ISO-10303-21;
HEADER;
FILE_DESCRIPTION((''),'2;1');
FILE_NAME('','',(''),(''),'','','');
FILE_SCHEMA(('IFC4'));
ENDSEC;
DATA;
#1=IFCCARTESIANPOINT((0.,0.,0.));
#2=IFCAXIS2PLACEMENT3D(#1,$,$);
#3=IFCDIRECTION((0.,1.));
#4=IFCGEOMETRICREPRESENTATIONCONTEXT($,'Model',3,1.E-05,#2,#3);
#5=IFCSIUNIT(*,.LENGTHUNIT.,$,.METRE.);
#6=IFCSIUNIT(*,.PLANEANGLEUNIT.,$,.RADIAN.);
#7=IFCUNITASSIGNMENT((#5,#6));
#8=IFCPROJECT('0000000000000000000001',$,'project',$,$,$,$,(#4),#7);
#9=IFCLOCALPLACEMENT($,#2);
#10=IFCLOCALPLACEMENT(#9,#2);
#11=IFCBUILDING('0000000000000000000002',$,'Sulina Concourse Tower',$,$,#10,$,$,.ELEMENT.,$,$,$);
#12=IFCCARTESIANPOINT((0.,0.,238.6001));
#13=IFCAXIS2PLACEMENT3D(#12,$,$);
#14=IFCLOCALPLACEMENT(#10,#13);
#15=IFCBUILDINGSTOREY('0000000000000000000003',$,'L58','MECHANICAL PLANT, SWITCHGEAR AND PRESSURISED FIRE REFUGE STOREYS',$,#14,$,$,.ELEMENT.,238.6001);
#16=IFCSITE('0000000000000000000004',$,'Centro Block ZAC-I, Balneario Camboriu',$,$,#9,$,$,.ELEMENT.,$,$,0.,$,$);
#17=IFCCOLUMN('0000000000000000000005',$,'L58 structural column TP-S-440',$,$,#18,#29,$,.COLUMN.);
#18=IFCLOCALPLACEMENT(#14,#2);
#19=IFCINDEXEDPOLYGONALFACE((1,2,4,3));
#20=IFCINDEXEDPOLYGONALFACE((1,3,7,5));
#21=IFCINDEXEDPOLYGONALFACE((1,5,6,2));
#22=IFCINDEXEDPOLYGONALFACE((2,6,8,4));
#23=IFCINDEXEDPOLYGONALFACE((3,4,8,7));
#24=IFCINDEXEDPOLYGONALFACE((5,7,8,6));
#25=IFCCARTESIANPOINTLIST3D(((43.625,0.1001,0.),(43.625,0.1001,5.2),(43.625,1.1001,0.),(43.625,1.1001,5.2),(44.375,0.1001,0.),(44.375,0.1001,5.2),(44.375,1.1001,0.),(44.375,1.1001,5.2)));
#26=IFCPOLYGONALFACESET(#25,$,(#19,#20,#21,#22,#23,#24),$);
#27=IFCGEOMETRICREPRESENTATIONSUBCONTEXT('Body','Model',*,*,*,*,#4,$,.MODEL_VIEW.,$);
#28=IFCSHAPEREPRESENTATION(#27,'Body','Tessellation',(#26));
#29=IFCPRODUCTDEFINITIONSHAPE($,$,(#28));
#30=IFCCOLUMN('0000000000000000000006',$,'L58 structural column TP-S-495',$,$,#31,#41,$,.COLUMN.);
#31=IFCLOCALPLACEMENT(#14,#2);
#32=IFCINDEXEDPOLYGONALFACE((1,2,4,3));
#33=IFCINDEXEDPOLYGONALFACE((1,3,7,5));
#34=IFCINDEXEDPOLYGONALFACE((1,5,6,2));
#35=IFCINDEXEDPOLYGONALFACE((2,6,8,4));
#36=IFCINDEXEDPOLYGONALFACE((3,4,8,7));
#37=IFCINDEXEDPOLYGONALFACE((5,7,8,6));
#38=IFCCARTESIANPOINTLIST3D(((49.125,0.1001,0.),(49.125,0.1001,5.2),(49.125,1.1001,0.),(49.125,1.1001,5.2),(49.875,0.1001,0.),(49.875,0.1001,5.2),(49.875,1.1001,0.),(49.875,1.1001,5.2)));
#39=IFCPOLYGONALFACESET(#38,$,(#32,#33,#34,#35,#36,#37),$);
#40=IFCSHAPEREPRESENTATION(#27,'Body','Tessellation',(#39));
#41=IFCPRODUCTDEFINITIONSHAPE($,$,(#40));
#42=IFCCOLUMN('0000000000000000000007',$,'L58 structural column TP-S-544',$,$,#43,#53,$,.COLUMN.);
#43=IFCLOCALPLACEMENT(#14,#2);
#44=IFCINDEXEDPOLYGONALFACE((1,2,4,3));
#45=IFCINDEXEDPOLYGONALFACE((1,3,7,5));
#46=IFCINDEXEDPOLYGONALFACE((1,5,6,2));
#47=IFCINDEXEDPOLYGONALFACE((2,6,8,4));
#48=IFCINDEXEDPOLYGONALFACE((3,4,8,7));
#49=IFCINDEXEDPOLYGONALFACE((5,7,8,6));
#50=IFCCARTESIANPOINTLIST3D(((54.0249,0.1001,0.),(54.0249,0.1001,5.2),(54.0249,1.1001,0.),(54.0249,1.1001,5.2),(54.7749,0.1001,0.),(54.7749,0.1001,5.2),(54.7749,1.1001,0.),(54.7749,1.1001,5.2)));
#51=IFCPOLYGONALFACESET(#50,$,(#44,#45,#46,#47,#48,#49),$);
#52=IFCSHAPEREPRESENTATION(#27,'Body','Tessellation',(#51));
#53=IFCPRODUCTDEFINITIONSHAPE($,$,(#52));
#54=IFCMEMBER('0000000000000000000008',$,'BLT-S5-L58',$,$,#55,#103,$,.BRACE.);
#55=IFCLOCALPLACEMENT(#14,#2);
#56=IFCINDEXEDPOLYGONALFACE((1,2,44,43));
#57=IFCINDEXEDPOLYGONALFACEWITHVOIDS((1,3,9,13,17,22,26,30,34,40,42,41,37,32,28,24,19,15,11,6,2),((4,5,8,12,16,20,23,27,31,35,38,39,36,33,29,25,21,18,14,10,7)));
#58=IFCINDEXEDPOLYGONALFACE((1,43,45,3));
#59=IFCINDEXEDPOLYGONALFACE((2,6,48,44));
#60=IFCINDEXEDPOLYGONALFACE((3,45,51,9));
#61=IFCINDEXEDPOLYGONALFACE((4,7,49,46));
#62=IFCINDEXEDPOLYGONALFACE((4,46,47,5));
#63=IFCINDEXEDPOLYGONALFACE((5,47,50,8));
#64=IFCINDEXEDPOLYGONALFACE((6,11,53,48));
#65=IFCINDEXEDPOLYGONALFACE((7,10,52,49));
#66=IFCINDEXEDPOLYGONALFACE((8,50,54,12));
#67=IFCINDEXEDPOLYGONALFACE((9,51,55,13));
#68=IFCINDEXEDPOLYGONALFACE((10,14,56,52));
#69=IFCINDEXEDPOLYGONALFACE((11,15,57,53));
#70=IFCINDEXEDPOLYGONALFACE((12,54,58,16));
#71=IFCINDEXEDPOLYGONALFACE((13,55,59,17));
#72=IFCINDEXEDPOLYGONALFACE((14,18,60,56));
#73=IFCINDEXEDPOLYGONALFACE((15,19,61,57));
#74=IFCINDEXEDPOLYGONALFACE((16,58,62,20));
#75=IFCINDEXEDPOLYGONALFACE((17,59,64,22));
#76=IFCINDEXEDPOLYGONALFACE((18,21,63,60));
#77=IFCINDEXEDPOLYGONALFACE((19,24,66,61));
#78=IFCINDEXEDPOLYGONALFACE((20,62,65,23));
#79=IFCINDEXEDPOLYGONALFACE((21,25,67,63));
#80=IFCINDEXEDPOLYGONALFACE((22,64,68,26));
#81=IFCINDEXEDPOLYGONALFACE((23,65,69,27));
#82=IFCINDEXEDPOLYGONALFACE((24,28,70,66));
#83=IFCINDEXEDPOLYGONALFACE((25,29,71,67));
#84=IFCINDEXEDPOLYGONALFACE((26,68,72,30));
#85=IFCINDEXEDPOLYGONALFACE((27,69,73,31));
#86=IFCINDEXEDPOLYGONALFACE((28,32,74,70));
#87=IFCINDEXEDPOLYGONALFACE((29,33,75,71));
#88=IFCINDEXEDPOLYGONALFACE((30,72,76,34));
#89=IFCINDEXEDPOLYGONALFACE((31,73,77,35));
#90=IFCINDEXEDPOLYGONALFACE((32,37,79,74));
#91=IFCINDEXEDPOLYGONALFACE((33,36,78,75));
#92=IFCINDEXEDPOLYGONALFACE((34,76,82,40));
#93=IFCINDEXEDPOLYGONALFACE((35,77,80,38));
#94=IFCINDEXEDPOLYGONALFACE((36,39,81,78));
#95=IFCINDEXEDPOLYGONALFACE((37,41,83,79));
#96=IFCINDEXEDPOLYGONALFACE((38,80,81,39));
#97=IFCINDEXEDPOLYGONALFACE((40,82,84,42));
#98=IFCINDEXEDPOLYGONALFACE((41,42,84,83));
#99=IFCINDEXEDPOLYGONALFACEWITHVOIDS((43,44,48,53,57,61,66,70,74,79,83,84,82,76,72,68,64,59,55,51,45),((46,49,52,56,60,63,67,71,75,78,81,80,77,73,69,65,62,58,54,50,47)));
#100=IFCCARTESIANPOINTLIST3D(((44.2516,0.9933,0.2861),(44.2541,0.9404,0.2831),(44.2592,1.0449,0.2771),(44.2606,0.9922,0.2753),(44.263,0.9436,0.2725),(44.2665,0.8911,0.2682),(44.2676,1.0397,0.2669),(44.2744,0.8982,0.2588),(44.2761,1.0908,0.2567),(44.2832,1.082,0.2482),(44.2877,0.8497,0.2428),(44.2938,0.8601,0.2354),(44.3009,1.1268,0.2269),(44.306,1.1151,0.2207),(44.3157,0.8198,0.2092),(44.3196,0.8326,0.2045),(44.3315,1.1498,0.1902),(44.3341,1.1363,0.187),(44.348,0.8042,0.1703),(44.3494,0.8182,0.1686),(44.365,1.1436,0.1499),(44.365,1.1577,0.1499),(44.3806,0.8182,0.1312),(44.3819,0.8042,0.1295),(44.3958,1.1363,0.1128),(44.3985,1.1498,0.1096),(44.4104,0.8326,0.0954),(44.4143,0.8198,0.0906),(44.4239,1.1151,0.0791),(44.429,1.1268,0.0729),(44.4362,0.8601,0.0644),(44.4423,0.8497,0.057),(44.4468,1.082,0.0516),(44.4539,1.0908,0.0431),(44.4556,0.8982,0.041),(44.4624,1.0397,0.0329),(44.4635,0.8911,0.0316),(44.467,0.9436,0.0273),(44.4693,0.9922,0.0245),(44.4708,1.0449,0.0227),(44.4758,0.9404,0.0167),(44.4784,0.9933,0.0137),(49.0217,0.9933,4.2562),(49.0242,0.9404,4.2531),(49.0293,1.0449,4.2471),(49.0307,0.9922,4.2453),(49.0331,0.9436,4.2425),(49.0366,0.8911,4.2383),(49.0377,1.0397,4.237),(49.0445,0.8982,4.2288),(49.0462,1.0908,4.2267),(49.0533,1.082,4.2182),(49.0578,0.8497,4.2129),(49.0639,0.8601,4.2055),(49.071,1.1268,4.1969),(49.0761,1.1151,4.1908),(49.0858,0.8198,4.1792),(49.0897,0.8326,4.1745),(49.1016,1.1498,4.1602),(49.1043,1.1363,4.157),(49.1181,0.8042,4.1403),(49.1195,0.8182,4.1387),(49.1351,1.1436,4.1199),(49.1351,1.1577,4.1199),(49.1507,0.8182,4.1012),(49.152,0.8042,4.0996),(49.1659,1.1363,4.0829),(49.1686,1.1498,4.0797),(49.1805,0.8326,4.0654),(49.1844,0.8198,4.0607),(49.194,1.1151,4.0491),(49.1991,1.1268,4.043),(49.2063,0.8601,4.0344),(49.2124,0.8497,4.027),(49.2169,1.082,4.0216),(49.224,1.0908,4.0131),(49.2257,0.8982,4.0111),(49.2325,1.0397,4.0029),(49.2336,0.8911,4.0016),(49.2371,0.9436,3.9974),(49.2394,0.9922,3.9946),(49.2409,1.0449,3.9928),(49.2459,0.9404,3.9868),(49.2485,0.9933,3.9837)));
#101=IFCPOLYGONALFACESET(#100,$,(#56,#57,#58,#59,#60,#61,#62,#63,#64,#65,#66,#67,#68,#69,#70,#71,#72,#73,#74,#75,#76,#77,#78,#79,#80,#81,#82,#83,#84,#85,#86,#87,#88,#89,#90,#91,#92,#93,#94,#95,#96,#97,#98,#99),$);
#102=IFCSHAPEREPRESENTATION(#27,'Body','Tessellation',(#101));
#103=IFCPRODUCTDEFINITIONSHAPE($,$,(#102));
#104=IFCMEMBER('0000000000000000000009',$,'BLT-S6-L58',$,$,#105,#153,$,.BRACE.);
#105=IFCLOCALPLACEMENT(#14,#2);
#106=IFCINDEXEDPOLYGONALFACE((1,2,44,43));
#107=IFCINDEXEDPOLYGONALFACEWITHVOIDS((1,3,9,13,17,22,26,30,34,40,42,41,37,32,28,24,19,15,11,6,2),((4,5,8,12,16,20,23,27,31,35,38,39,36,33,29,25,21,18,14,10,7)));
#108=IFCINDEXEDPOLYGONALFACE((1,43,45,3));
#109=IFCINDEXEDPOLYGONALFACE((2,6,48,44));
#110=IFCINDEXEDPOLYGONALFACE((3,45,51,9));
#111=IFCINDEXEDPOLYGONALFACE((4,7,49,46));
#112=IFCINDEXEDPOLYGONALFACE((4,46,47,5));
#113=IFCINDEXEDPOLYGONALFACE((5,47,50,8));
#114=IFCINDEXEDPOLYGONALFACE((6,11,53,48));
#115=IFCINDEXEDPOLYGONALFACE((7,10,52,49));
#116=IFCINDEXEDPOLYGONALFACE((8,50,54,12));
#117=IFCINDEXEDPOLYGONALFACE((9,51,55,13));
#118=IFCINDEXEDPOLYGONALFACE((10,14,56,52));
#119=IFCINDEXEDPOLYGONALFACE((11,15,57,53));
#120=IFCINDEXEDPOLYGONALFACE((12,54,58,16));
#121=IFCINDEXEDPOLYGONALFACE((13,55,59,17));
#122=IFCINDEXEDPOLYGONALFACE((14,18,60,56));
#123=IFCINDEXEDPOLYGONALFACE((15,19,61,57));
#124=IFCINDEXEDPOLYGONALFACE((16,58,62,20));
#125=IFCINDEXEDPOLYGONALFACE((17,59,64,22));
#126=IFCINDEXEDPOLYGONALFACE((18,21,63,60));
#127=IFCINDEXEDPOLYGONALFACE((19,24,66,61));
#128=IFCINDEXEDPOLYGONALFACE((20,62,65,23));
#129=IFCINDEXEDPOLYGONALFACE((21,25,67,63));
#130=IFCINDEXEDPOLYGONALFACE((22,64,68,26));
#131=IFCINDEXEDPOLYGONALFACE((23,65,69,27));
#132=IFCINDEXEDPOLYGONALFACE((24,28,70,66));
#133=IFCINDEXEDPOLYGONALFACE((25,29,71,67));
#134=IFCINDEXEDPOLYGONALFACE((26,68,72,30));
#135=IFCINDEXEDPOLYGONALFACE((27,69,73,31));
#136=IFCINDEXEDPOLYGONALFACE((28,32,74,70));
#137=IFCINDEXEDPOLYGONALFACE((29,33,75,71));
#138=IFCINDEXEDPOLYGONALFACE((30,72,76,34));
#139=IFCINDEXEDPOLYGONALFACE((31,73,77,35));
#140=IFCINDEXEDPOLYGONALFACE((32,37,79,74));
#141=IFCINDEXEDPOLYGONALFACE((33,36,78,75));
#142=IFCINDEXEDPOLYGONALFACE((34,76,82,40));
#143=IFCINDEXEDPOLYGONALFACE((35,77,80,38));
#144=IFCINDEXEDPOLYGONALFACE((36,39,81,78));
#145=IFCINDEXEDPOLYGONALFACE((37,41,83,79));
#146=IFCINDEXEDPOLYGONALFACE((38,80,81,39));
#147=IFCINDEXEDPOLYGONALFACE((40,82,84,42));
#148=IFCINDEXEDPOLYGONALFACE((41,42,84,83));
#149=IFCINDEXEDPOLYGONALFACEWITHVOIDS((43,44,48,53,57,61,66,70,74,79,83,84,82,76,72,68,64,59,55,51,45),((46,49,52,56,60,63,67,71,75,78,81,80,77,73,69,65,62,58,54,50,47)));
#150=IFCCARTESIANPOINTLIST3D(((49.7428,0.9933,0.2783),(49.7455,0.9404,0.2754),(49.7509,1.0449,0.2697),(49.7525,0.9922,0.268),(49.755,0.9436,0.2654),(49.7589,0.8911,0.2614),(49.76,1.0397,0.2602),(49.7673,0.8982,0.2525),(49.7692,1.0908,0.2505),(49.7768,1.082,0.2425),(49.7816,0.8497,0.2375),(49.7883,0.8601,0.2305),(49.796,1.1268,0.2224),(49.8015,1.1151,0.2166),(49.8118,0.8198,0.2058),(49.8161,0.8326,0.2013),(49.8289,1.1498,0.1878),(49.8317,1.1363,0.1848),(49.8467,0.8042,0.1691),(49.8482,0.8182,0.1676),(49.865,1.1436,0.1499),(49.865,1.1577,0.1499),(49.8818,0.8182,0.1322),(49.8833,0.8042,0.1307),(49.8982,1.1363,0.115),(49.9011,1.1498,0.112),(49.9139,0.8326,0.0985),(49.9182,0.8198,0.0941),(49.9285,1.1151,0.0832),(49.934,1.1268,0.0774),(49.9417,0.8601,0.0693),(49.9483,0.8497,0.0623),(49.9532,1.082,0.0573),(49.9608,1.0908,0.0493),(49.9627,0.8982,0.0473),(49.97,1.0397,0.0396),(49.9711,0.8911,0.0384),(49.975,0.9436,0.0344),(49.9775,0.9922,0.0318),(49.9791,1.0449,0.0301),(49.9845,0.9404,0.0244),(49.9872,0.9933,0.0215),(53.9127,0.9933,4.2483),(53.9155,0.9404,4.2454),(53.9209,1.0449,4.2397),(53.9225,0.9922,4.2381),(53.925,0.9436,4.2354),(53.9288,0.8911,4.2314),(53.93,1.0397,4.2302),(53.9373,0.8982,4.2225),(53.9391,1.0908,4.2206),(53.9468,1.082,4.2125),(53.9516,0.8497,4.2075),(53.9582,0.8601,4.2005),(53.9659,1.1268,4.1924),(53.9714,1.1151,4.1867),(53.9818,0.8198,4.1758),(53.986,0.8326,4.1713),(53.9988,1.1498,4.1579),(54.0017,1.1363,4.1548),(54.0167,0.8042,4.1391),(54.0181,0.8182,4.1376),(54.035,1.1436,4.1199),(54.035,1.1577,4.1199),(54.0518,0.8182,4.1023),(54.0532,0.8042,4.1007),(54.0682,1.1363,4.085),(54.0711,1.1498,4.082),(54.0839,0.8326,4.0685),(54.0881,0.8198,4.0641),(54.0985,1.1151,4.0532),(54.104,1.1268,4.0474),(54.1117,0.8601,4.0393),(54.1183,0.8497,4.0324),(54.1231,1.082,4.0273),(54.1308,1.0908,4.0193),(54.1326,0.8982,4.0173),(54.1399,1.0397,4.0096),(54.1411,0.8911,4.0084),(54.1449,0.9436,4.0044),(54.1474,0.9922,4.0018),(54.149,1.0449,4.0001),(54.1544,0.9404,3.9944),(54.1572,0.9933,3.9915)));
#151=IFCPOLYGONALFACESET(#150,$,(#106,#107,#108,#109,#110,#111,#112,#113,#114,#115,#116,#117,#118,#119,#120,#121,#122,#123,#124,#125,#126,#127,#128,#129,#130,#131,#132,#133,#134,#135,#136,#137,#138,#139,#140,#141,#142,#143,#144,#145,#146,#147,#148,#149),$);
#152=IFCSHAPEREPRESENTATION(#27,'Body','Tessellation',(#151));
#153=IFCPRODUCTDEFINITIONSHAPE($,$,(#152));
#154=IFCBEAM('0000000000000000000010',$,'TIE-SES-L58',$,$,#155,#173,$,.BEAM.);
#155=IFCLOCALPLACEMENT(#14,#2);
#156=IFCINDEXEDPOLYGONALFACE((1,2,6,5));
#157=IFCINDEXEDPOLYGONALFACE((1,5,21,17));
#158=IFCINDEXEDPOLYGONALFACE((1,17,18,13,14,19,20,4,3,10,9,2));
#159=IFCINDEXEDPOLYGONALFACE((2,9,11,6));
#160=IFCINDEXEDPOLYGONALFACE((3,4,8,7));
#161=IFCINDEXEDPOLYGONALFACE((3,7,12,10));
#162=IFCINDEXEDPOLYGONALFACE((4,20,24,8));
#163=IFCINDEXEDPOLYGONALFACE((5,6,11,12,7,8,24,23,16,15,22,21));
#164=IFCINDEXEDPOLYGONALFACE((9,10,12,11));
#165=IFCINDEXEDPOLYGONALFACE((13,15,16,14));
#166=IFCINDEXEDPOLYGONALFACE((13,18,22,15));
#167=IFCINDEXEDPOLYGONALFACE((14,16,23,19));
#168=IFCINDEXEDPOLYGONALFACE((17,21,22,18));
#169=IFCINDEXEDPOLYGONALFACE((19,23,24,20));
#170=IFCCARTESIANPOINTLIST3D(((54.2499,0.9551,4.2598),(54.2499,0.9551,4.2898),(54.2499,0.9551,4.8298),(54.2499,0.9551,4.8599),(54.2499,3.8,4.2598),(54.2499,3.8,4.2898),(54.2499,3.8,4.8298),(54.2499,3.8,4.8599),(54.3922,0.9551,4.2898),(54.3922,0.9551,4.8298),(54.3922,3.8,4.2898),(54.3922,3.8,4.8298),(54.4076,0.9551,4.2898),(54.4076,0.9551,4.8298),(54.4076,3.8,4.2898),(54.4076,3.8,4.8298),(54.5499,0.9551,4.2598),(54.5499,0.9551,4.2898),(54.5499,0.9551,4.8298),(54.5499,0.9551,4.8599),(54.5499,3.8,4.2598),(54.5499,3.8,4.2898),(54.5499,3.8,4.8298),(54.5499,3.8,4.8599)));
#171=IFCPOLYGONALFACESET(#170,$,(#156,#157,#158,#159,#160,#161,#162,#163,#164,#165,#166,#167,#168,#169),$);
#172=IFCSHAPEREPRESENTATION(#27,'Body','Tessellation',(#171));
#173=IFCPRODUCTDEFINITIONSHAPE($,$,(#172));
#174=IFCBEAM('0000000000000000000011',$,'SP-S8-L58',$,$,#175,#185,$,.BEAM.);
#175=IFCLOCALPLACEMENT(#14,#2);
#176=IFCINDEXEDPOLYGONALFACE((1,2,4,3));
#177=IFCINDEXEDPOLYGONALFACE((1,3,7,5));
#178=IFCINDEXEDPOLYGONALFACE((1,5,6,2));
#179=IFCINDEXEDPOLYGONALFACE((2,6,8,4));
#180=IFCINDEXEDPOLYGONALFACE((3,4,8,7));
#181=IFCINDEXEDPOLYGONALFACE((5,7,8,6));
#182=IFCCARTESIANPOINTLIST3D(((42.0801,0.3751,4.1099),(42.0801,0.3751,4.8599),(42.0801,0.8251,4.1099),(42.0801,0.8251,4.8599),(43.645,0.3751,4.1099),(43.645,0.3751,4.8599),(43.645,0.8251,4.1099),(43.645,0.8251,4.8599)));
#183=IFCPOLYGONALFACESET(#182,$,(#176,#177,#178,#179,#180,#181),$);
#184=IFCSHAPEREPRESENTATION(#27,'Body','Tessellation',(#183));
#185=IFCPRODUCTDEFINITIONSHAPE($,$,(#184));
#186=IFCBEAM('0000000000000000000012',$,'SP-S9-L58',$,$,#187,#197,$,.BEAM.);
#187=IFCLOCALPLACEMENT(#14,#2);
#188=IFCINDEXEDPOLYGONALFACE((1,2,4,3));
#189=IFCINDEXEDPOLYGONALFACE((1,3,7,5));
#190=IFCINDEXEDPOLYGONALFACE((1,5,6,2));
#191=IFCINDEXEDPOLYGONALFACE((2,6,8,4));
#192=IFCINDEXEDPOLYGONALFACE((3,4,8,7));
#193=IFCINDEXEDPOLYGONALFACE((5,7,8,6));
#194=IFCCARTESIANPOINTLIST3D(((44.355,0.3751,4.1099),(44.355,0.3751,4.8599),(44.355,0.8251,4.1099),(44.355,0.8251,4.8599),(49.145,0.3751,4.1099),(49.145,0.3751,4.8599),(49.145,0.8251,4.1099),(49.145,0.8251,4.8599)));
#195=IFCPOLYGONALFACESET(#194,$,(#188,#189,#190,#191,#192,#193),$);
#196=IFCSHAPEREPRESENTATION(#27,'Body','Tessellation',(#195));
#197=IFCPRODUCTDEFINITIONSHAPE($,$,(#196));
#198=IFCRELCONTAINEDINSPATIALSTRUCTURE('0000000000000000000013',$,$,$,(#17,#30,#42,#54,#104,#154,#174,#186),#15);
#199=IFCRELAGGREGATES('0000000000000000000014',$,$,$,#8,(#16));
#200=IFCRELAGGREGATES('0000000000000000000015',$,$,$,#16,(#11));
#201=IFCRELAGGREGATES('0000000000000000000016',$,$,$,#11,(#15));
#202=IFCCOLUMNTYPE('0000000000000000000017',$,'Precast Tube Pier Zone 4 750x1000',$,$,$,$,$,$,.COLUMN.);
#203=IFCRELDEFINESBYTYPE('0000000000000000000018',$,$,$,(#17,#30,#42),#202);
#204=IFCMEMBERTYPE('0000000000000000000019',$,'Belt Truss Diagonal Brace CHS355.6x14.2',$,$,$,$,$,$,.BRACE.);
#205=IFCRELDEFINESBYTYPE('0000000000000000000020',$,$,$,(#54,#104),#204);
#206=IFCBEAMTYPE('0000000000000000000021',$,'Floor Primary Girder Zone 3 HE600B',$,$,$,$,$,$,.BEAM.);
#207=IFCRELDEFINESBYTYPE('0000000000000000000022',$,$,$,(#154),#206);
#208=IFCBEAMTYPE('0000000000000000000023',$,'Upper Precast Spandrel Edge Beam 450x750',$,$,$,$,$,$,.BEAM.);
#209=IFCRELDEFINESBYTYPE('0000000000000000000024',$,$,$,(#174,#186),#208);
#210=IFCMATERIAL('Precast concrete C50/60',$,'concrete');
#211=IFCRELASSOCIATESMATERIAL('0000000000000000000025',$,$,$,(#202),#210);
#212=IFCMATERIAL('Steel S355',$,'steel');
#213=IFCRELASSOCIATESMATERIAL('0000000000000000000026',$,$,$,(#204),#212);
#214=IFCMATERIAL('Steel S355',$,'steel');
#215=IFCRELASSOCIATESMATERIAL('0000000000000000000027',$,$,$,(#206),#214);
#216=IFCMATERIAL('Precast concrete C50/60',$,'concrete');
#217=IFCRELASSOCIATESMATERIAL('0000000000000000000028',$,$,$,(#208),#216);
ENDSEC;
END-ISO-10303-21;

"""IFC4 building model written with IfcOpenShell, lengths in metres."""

from ifc_helpers import new_model, si_unit, direction, frame, origin, origin_2d, place, context, subcontext, project, spatial, rectangle, hollow_circle, i_section, extrude, material, material_profile, profile_set, type_object, element, save


model = new_model("IFC4")

# Units and contexts
model_context = context("Model", 3, precision=1e-05, world=origin(), true_north=direction((0.0, 1.0)))
body_context = subcontext(model_context, "Body", "Model", "MODEL_VIEW")
ifc_project = project(units=[si_unit("LENGTHUNIT", "METRE"), si_unit("PLANEANGLEUNIT", "RADIAN")], contexts=[model_context])

# Site, building, storey
site_placement = place(None, origin())
site = spatial("IfcSite", under=ifc_project, at=site_placement, Name="Centro Block ZAC-I, Balneario Camboriu", CompositionType="ELEMENT", RefElevation=0.0)
building_placement = place(site_placement, origin())
building = spatial("IfcBuilding", under=site, at=building_placement, Name="Sulina Concourse Tower", CompositionType="ELEMENT")
storey_placement = place(building_placement, frame((0.0, 0.0, 238.6001)))
storey = spatial("IfcBuildingStorey", under=building, at=storey_placement, Name="L58", Description="MECHANICAL PLANT, SWITCHGEAR AND PRESSURISED FIRE REFUGE STOREYS", CompositionType="ELEMENT", Elevation=238.6001)

# Columns
ifc_material_1 = material(Name="Precast concrete C50/60", Category="concrete")
ifc_material_profile_1 = material_profile(ifc_material_1, rectangle(XDim=0.75, YDim=1.0, at=origin_2d()), Name="PC 750x1000")
ifc_profile_set_1 = profile_set([ifc_material_profile_1], Name="Precast concrete C50/60")
column_type = type_object("IfcColumnType", Name="Precast Tube Pier Zone 4 750x1000", PredefinedType="COLUMN", material=ifc_profile_set_1)
for number, where, z_axis, x_axis, name in (
    (1, (44.0, 0.6001, 0.0), (0.0, 0.0, 1.0), (1.0, 0.0, 0.0), "L58 structural column TP-S-440"),
    (2, (49.5, 0.6001, 0.0), (0.0, 0.0, 1.0), (1.0, 0.0, 0.0), "L58 structural column TP-S-495"),
    (3, (54.3999, 0.6001, 0.0), (0.0, 0.0, 1.0), (1.0, 0.0, 0.0), "L58 structural column TP-S-544"),
):
    element("IfcColumn", number, at=place(storey_placement, frame(where, z_axis=z_axis, x_axis=x_axis)), inside=storey, type_object=column_type, Name=name, PredefinedType="COLUMN", context=body_context, shape_type="SweptSolid", body=[
        extrude(rectangle(XDim=0.75, YDim=1.0, at=origin_2d()), origin(), (0.0, 0.0, 1.0), 5.2),
    ])

# Members
ifc_material_2 = material(Name="Steel S355", Category="steel")
ifc_material_profile_2 = material_profile(ifc_material_2, hollow_circle(Radius=0.1777, WallThickness=0.0142, at=origin_2d()), Name="CHS 355.6x14.2")
ifc_profile_set_2 = profile_set([ifc_material_profile_2], Name="Steel S355")
member_type = type_object("IfcMemberType", Name="Belt Truss Diagonal Brace CHS355.6x14.2", PredefinedType="BRACE", material=ifc_profile_set_2)
member_1_placement = place(storey_placement, frame((44.365, 0.98, 0.1499), z_axis=(0.768621, 0.0, 0.639704), x_axis=(0.0, 1.0, 0.0)))
element("IfcMember", 4, at=member_1_placement, inside=storey, type_object=member_type, Name="BLT-S5-L58", PredefinedType="BRACE", context=body_context, shape_type="SweptSolid", body=[
    extrude(hollow_circle(Radius=0.1777, WallThickness=0.0142, at=origin_2d()), origin(), (0.0, 0.0, 1.0), 6.2061),
])
member_2_placement = place(storey_placement, frame((49.865, 0.98, 0.1499), z_axis=(0.724258, 0.0, 0.689529), x_axis=(0.0, 1.0, 0.0)))
element("IfcMember", 5, at=member_2_placement, inside=storey, type_object=member_type, Name="BLT-S6-L58", PredefinedType="BRACE", context=body_context, shape_type="SweptSolid", body=[
    extrude(hollow_circle(Radius=0.1777, WallThickness=0.0142, at=origin_2d()), origin(), (0.0, 0.0, 1.0), 5.7576),
])

# Beams
ifc_material_3 = material(Name="Steel S355", Category="steel")
ifc_material_profile_3 = material_profile(ifc_material_3, i_section(OverallWidth=0.3, OverallDepth=0.6001, WebThickness=0.0154, FlangeThickness=0.03, at=origin_2d()), Name="HE 600 B")
ifc_profile_set_3 = profile_set([ifc_material_profile_3], Name="Steel S355")
beam_type_1 = type_object("IfcBeamType", Name="Floor Primary Girder Zone 3 HE600B", PredefinedType="BEAM", material=ifc_profile_set_3)
beam_1_placement = place(storey_placement, frame((54.3999, 0.9551, 4.5598), z_axis=(0.0, 1.0, 0.0), x_axis=(-1.0, 0.0, 0.0)))
element("IfcBeam", 6, at=beam_1_placement, inside=storey, type_object=beam_type_1, Name="TIE-SES-L58", PredefinedType="BEAM", context=body_context, shape_type="SweptSolid", body=[
    extrude(i_section(OverallWidth=0.3, OverallDepth=0.6001, WebThickness=0.0154, FlangeThickness=0.03, at=origin_2d()), origin(), (0.0, 0.0, 1.0), 2.845),
])
ifc_material_4 = material(Name="Precast concrete C50/60", Category="concrete")
ifc_material_profile_4 = material_profile(ifc_material_4, rectangle(XDim=0.45, YDim=0.75, at=origin_2d()), Name="RC 450x750")
ifc_profile_set_4 = profile_set([ifc_material_profile_4], Name="Precast concrete C50/60")
beam_type_2 = type_object("IfcBeamType", Name="Upper Precast Spandrel Edge Beam 450x750", PredefinedType="BEAM", material=ifc_profile_set_4)
beam_2_placement = place(storey_placement, frame((42.0801, 0.6001, 4.4849), z_axis=(1.0, 0.0, 0.0), x_axis=(0.0, 1.0, 0.0)))
element("IfcBeam", 7, at=beam_2_placement, inside=storey, type_object=beam_type_2, Name="SP-S8-L58", PredefinedType="BEAM", context=body_context, shape_type="SweptSolid", body=[
    extrude(rectangle(XDim=0.45, YDim=0.75, at=origin_2d()), origin(), (0.0, 0.0, 1.0), 1.5649),
])
beam_3_placement = place(storey_placement, frame((44.355, 0.6001, 4.4849), z_axis=(1.0, 0.0, 0.0), x_axis=(0.0, 1.0, 0.0)))
element("IfcBeam", 8, at=beam_3_placement, inside=storey, type_object=beam_type_2, Name="SP-S9-L58", PredefinedType="BEAM", context=body_context, shape_type="SweptSolid", body=[
    extrude(rectangle(XDim=0.45, YDim=0.75, at=origin_2d()), origin(), (0.0, 0.0, 1.0), 4.79),
])

save(model, "model.ifc")
